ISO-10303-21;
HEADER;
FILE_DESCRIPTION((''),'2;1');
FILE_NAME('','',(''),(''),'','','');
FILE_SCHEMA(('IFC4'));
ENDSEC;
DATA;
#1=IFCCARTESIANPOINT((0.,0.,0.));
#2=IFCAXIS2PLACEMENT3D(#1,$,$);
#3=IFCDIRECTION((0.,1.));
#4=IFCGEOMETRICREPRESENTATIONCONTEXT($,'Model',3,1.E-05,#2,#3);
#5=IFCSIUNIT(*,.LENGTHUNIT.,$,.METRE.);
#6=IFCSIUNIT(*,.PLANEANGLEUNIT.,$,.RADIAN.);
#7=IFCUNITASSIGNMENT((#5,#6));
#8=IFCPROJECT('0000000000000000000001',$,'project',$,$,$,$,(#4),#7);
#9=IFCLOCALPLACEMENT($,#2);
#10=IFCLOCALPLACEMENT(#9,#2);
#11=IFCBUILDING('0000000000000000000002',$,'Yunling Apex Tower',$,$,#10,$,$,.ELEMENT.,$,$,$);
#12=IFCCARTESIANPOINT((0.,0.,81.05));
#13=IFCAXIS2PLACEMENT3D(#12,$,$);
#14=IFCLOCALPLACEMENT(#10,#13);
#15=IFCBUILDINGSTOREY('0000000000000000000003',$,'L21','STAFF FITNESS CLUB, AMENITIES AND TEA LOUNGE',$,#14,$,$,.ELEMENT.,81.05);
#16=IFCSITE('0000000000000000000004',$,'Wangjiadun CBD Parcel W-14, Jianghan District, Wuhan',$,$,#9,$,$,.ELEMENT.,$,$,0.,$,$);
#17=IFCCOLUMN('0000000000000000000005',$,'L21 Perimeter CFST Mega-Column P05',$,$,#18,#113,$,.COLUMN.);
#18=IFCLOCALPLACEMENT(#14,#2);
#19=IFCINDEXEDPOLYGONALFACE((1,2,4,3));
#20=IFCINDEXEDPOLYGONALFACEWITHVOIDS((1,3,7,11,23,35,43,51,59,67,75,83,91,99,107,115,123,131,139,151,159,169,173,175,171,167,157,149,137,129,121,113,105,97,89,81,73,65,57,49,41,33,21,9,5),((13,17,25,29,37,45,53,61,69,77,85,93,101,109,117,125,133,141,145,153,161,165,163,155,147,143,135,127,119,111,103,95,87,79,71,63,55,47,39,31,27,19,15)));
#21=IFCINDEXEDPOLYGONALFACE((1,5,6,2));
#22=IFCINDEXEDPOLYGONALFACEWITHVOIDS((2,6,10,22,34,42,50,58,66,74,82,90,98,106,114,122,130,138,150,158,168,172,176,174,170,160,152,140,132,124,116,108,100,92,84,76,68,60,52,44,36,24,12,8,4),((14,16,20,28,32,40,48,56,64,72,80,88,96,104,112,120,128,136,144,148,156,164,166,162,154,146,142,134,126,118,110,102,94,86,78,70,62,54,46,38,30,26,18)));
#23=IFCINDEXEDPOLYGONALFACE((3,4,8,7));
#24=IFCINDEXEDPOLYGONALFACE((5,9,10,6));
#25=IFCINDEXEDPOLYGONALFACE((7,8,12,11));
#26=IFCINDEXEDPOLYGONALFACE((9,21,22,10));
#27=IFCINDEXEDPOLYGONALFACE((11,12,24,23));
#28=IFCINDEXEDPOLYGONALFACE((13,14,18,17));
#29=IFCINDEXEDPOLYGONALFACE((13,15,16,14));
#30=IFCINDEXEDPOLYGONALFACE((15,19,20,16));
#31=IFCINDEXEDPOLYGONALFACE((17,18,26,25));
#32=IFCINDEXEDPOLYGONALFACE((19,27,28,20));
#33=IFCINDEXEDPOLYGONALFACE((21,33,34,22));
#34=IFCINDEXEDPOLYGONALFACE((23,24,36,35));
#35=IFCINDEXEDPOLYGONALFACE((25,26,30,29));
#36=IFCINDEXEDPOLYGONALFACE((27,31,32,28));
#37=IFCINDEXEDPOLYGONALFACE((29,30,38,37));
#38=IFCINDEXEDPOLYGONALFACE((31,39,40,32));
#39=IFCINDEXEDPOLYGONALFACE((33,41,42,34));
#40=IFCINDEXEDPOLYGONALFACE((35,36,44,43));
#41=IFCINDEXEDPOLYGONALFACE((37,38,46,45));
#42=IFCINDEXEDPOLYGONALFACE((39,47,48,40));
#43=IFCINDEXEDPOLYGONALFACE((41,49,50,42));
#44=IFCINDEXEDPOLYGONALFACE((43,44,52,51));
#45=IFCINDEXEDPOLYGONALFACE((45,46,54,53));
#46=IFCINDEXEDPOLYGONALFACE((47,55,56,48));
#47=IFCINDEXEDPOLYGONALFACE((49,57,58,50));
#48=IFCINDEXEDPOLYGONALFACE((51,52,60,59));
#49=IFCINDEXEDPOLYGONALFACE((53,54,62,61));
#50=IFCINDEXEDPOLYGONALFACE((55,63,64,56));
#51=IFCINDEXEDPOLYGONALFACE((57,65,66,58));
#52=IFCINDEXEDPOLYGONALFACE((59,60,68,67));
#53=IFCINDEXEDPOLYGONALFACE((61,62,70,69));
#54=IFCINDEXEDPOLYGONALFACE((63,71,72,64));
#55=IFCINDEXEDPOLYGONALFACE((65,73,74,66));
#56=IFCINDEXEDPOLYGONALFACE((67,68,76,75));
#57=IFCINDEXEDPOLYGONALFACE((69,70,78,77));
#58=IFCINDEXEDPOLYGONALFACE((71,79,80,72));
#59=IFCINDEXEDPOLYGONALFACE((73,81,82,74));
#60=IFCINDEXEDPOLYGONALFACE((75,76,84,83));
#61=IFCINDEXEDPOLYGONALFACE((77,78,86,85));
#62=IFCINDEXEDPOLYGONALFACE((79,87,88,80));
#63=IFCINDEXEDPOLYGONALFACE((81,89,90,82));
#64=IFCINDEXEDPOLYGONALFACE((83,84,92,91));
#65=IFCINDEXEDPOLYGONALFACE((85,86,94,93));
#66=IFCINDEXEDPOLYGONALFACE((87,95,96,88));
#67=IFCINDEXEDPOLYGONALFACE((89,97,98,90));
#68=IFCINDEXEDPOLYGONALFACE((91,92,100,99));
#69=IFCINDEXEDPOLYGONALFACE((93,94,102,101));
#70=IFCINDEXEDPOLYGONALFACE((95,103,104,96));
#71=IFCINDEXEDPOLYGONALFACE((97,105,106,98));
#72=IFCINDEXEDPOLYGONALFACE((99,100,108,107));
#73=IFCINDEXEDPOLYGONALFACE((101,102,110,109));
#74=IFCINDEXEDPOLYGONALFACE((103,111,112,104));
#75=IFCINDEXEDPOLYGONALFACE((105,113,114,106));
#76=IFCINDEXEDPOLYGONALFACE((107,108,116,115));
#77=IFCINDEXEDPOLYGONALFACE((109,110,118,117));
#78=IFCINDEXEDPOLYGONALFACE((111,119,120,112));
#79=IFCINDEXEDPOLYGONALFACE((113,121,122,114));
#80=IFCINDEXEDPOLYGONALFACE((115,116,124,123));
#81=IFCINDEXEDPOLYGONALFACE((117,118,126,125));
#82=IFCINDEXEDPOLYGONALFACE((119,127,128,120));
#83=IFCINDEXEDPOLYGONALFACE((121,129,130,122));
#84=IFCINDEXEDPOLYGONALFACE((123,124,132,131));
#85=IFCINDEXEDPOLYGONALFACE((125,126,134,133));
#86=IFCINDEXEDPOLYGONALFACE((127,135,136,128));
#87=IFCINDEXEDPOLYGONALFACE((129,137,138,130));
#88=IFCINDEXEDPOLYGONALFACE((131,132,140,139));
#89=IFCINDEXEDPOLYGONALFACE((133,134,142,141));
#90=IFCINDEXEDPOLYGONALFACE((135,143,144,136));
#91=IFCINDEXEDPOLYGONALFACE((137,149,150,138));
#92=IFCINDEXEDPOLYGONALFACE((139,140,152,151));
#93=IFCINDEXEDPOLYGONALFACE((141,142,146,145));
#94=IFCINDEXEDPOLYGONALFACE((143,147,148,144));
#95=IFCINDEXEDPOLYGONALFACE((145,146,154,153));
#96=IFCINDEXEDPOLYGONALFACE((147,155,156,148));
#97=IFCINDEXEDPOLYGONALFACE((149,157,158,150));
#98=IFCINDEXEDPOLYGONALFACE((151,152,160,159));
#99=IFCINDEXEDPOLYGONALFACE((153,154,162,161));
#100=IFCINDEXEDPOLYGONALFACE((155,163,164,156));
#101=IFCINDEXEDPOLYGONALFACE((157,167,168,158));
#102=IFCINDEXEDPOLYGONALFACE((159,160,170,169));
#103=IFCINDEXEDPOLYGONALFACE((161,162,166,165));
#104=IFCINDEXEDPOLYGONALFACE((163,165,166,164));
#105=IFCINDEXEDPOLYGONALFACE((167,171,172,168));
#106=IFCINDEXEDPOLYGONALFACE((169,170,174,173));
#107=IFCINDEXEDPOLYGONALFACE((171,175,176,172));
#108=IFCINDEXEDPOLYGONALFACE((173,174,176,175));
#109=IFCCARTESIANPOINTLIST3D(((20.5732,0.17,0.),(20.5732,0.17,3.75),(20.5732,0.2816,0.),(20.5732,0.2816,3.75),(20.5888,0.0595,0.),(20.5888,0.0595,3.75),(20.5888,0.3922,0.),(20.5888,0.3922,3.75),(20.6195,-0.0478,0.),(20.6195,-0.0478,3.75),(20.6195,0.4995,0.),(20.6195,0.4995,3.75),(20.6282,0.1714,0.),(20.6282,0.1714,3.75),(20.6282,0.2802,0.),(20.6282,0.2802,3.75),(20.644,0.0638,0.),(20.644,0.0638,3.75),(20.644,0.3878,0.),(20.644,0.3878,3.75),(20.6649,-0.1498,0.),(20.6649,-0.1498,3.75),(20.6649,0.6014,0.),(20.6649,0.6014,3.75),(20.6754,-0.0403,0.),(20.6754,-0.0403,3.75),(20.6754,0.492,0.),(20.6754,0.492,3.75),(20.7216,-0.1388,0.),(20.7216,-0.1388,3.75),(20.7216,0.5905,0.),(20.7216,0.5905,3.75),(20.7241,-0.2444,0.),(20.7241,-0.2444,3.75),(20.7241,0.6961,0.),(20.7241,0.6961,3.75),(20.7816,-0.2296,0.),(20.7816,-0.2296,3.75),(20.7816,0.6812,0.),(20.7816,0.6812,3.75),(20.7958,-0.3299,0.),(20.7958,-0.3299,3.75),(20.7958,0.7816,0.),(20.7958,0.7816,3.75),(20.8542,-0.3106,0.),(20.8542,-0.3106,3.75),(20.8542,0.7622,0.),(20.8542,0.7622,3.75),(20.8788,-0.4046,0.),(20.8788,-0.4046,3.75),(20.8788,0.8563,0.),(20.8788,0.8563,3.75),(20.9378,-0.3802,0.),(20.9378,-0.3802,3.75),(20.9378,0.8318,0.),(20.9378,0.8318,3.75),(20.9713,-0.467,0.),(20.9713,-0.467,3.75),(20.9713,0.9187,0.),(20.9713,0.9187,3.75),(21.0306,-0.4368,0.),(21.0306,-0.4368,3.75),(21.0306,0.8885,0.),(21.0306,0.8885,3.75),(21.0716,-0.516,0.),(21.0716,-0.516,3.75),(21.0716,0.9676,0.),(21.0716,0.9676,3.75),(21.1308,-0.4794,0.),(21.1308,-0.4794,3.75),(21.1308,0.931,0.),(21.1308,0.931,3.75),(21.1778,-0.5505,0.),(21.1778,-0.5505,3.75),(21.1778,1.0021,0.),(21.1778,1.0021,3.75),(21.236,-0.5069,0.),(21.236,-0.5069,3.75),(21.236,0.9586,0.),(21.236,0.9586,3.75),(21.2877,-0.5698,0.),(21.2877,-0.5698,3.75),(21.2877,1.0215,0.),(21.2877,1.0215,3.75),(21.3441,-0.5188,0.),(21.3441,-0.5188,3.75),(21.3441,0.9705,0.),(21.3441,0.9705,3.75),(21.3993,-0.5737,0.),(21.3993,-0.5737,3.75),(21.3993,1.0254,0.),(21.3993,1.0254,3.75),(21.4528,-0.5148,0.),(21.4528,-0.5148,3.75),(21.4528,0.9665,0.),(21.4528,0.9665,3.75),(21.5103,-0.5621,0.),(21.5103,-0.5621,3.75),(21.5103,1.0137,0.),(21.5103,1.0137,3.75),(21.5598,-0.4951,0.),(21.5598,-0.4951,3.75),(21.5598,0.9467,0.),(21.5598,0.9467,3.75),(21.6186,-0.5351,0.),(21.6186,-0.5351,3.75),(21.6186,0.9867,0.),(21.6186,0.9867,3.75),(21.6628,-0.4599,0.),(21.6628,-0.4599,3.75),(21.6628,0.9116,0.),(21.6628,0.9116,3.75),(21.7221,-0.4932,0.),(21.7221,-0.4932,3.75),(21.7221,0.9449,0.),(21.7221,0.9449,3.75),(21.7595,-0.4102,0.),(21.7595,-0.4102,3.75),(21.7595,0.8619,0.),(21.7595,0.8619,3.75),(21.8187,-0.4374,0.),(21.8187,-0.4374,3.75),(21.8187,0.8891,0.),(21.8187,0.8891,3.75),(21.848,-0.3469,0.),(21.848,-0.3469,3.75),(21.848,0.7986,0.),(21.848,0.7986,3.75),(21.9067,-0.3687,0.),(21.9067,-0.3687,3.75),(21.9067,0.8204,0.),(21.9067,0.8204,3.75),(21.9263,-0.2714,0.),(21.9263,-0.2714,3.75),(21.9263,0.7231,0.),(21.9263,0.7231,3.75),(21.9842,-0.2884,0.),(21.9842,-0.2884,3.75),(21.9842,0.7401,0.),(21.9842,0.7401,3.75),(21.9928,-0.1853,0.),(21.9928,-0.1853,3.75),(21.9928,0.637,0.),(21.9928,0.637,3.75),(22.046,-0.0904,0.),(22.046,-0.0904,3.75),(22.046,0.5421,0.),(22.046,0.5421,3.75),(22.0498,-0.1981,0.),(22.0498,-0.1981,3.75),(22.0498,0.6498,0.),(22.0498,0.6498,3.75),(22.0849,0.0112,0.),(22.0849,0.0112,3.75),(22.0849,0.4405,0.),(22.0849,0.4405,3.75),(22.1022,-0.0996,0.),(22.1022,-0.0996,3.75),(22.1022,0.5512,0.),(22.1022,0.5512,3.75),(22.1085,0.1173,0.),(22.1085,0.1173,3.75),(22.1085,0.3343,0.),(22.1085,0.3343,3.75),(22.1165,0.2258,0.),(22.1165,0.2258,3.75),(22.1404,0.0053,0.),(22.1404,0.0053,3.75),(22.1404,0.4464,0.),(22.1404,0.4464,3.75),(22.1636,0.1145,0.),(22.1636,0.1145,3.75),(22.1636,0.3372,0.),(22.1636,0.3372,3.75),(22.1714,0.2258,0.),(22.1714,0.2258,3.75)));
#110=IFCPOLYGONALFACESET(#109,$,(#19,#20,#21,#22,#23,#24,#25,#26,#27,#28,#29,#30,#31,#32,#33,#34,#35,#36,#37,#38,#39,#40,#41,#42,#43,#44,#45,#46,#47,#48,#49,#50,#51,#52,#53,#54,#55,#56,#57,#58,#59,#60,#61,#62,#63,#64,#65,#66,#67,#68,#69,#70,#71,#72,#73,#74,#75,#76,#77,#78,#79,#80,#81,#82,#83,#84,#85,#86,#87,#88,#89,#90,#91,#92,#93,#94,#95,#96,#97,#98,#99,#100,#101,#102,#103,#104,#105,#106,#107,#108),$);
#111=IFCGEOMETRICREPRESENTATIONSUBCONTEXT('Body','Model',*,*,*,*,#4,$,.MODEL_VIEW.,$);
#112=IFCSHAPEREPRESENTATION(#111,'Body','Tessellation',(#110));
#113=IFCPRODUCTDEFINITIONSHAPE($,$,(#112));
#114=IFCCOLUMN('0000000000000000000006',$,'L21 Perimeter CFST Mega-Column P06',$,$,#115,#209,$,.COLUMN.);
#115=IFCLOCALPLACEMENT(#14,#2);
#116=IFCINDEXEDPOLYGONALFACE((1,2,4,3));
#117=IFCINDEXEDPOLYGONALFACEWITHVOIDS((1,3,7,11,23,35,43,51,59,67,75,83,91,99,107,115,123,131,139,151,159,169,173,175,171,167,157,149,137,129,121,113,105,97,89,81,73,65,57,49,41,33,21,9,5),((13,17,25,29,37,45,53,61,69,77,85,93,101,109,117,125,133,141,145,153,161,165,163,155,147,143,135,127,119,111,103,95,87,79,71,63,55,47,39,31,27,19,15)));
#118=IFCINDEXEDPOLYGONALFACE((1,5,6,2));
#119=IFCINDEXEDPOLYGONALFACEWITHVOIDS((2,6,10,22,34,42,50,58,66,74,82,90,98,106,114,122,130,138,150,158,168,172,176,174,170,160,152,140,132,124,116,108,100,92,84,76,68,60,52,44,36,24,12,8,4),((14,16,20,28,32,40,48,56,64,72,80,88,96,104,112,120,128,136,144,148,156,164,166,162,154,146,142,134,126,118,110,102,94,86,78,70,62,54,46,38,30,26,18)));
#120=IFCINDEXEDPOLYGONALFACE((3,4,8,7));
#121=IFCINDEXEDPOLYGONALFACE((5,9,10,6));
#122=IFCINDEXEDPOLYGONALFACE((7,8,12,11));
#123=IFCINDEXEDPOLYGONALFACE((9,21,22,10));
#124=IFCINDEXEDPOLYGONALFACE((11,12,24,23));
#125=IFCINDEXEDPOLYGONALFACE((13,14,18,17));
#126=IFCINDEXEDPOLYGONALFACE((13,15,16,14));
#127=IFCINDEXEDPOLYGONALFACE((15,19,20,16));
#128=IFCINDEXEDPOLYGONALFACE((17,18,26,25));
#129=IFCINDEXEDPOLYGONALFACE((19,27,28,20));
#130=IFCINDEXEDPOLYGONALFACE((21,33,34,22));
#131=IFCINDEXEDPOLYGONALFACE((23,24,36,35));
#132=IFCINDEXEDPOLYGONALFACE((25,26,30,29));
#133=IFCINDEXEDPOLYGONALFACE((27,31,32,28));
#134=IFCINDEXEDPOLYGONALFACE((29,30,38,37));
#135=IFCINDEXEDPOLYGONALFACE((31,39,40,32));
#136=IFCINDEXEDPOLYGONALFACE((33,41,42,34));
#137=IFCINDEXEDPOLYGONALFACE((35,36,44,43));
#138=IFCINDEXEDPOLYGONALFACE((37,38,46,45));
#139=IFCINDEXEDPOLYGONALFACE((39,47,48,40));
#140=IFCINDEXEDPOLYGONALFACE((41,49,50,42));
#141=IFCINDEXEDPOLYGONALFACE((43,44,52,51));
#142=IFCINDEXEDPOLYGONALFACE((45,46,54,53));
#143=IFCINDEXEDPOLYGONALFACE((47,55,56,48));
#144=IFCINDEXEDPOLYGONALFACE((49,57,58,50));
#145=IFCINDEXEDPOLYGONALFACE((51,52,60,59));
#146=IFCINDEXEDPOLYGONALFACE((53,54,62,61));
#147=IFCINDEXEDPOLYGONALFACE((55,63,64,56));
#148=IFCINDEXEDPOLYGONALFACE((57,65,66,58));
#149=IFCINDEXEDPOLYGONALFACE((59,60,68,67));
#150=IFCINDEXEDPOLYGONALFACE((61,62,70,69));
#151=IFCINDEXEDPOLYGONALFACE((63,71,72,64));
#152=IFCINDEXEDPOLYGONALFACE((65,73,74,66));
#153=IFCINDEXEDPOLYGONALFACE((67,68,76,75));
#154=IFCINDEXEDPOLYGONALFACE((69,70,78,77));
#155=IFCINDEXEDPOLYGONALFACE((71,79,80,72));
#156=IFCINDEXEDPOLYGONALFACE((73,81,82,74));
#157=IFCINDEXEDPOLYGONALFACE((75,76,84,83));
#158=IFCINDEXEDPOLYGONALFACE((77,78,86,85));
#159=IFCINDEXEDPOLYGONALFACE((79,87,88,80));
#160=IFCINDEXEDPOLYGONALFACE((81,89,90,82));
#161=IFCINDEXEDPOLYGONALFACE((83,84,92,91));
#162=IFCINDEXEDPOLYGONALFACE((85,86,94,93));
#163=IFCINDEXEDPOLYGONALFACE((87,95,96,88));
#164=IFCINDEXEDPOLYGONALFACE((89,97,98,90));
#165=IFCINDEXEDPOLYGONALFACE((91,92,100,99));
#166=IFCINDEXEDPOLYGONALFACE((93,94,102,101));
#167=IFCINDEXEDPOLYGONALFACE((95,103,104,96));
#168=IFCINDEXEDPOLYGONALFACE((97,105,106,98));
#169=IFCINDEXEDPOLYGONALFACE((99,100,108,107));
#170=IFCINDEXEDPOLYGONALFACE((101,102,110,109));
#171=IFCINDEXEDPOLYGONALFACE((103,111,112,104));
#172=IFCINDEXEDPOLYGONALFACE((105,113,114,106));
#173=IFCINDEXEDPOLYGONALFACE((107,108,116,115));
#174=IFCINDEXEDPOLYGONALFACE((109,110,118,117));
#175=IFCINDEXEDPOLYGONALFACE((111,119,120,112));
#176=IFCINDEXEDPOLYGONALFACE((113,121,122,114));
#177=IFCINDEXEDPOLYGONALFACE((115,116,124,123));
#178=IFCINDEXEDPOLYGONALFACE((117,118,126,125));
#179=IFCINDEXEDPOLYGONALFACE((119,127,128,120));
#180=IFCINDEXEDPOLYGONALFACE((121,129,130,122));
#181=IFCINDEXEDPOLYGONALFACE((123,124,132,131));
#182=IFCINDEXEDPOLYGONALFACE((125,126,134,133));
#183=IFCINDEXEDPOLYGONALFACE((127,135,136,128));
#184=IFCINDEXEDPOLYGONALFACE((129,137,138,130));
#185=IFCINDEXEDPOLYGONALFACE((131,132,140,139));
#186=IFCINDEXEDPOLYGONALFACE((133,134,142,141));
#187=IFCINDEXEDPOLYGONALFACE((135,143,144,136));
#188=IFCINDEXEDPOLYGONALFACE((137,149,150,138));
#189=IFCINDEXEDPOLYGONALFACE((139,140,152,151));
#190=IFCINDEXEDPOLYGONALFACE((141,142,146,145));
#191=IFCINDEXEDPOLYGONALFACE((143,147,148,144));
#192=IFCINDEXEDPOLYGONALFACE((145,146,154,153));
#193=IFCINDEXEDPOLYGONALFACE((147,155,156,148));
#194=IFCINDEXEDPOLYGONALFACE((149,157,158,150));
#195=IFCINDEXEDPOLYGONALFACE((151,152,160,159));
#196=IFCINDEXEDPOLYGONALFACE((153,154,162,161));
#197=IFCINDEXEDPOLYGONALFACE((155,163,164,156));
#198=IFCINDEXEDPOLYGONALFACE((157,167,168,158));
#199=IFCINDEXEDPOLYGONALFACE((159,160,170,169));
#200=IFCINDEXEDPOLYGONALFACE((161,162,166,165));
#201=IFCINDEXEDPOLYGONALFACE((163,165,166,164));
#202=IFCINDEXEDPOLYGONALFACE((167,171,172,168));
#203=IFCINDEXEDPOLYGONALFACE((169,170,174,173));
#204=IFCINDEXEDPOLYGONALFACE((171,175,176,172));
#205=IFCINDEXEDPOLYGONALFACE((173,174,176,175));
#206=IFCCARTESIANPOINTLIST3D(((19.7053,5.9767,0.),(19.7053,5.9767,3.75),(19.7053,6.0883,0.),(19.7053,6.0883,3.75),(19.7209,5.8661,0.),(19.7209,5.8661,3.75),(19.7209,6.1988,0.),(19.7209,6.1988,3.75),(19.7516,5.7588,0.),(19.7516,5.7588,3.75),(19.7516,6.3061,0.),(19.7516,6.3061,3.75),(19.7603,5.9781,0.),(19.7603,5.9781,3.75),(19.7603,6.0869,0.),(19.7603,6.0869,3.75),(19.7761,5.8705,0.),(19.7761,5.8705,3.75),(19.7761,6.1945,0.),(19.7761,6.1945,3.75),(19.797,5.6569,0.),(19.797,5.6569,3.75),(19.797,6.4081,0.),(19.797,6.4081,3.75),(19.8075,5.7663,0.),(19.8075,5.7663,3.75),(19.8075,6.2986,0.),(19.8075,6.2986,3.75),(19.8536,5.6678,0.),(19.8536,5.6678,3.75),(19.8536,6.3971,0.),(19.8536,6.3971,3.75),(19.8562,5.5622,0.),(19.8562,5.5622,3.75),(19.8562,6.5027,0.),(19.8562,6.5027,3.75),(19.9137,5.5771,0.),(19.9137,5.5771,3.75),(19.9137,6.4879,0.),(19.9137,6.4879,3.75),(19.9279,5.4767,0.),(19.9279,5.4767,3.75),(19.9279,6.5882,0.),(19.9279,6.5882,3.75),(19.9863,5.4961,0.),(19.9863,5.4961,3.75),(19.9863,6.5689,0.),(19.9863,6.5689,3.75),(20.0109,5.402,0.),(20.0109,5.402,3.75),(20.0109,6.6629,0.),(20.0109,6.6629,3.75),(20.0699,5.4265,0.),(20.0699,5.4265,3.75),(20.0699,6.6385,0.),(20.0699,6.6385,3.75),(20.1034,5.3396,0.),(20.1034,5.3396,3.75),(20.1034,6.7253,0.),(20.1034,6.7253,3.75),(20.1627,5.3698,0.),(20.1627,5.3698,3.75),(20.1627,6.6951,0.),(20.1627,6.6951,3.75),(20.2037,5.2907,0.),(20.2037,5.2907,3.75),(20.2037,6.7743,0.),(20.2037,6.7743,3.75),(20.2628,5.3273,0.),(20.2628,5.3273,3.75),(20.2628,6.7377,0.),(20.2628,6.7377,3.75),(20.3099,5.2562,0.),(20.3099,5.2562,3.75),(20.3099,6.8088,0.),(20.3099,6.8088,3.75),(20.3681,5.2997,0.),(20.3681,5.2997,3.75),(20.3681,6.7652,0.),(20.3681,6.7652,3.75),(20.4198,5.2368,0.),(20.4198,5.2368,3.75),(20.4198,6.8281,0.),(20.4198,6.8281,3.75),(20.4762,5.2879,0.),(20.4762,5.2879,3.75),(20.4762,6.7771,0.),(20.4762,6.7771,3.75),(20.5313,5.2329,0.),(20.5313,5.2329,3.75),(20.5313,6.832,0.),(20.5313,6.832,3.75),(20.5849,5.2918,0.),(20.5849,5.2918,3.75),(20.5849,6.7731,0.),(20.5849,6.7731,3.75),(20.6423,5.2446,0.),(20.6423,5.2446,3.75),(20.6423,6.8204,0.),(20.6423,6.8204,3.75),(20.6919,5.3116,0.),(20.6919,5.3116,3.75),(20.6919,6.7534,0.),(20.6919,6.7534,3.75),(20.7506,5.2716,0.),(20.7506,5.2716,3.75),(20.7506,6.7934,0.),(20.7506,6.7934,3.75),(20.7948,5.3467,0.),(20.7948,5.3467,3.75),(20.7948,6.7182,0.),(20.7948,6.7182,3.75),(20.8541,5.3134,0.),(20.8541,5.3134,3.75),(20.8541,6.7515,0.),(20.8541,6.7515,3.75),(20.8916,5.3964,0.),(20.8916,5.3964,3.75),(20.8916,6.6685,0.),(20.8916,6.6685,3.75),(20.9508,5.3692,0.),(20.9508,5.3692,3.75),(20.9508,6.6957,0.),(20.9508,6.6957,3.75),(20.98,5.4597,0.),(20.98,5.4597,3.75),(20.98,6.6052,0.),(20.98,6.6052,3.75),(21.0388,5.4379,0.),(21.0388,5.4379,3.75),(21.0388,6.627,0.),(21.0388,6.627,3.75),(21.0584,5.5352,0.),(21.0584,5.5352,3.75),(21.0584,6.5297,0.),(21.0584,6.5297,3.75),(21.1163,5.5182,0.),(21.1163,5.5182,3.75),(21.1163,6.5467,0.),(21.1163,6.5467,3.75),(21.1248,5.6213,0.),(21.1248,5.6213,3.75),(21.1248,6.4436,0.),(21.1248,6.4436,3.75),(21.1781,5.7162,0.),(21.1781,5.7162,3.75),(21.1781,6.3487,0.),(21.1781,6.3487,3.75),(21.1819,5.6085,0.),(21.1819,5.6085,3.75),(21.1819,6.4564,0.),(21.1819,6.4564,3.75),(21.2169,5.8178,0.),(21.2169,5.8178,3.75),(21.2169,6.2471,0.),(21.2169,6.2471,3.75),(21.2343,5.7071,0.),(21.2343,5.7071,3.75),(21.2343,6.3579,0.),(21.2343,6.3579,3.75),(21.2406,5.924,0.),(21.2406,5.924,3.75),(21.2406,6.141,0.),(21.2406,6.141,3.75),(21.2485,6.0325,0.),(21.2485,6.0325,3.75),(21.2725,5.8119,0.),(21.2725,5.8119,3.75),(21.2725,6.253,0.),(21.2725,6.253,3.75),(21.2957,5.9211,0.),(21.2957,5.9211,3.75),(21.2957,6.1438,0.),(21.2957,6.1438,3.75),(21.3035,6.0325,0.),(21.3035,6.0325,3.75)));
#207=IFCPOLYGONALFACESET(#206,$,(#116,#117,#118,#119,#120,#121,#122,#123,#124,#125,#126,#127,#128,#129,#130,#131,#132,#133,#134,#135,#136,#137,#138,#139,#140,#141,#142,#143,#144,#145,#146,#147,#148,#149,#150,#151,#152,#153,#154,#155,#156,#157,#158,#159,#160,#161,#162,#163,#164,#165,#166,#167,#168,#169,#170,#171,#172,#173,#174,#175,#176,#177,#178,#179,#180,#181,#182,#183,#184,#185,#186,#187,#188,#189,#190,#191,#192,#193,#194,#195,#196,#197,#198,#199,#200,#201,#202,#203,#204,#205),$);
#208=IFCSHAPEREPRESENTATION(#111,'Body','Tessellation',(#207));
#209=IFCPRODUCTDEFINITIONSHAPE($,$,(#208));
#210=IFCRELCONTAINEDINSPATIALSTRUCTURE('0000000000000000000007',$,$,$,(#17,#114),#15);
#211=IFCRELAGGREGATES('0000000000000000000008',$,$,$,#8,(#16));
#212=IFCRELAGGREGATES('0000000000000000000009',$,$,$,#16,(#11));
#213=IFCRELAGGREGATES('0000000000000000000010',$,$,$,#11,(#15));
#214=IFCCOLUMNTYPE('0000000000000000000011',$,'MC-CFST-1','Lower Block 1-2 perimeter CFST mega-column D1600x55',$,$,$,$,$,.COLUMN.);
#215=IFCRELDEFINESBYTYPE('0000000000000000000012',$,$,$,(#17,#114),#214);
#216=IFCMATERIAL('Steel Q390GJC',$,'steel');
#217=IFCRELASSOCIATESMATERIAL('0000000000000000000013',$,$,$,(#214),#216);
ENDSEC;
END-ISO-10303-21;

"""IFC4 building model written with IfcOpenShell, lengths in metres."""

from ifc_helpers import new_model, si_unit, direction, frame, origin, origin_2d, place, context, subcontext, project, spatial, hollow_circle, extrude, source, transform, mapped, material, material_profile, profile_set, type_object, element, save


model = new_model("IFC4")

# Units and contexts
model_context = context("Model", 3, precision=1e-05, world=origin(), true_north=direction((0.0, 1.0)))
body_context = subcontext(model_context, "Body", "Model", "MODEL_VIEW")
ifc_project = project(units=[si_unit("LENGTHUNIT", "METRE"), si_unit("PLANEANGLEUNIT", "RADIAN")], contexts=[model_context])

# Site, building, storey
site_placement = place(None, origin())
site = spatial("IfcSite", under=ifc_project, at=site_placement, Name="Wangjiadun CBD Parcel W-14, Jianghan District, Wuhan", CompositionType="ELEMENT", RefElevation=0.0)
building_placement = place(site_placement, origin())
building = spatial("IfcBuilding", under=site, at=building_placement, Name="Yunling Apex Tower", CompositionType="ELEMENT")
storey_placement = place(building_placement, frame((0.0, 0.0, 81.05)))
storey = spatial("IfcBuildingStorey", under=building, at=storey_placement, Name="L21", Description="STAFF FITNESS CLUB, AMENITIES AND TEA LOUNGE", CompositionType="ELEMENT", Elevation=81.05)

# Columns
ifc_material_1 = material(Name="Steel Q390GJC", Category="steel")
ifc_material_profile_1 = material_profile(ifc_material_1, hollow_circle(Radius=0.8, WallThickness=0.0549, at=origin_2d()))
ifc_profile_set_1 = profile_set([ifc_material_profile_1], Name="Steel Q390GJC")
column_type = type_object("IfcColumnType", Name="MC-CFST-1", Description="Lower Block 1-2 perimeter CFST mega-column D1600x55", PredefinedType="COLUMN", material=ifc_profile_set_1)
shared_shape_1 = source(origin(), body_context, "Body", "SweptSolid", [
    extrude(hollow_circle(Radius=0.8, WallThickness=0.0549, at=origin_2d()), origin(), (0.0, 0.0, 1.0), 3.75),
])
for number, where, z_axis, x_axis, name in (
    (1, (21.3713, 0.2258, 0.0), (0.0, 0.0, 1.0), (1.0, 0.0, 0.0), "L21 Perimeter CFST Mega-Column P05"),
    (2, (20.5034, 6.0325, 0.0), (0.0, 0.0, 1.0), (1.0, 0.0, 0.0), "L21 Perimeter CFST Mega-Column P06"),
):
    element("IfcColumn", number, at=place(storey_placement, frame(where, z_axis=z_axis, x_axis=x_axis)), inside=storey, type_object=column_type, Name=name, PredefinedType="COLUMN", context=body_context, shape_type="MappedRepresentation", body=[
        mapped(shared_shape_1, transform((0.0, 0.0, 0.0), scale=1.0)),
    ])

save(model, "model.ifc")
